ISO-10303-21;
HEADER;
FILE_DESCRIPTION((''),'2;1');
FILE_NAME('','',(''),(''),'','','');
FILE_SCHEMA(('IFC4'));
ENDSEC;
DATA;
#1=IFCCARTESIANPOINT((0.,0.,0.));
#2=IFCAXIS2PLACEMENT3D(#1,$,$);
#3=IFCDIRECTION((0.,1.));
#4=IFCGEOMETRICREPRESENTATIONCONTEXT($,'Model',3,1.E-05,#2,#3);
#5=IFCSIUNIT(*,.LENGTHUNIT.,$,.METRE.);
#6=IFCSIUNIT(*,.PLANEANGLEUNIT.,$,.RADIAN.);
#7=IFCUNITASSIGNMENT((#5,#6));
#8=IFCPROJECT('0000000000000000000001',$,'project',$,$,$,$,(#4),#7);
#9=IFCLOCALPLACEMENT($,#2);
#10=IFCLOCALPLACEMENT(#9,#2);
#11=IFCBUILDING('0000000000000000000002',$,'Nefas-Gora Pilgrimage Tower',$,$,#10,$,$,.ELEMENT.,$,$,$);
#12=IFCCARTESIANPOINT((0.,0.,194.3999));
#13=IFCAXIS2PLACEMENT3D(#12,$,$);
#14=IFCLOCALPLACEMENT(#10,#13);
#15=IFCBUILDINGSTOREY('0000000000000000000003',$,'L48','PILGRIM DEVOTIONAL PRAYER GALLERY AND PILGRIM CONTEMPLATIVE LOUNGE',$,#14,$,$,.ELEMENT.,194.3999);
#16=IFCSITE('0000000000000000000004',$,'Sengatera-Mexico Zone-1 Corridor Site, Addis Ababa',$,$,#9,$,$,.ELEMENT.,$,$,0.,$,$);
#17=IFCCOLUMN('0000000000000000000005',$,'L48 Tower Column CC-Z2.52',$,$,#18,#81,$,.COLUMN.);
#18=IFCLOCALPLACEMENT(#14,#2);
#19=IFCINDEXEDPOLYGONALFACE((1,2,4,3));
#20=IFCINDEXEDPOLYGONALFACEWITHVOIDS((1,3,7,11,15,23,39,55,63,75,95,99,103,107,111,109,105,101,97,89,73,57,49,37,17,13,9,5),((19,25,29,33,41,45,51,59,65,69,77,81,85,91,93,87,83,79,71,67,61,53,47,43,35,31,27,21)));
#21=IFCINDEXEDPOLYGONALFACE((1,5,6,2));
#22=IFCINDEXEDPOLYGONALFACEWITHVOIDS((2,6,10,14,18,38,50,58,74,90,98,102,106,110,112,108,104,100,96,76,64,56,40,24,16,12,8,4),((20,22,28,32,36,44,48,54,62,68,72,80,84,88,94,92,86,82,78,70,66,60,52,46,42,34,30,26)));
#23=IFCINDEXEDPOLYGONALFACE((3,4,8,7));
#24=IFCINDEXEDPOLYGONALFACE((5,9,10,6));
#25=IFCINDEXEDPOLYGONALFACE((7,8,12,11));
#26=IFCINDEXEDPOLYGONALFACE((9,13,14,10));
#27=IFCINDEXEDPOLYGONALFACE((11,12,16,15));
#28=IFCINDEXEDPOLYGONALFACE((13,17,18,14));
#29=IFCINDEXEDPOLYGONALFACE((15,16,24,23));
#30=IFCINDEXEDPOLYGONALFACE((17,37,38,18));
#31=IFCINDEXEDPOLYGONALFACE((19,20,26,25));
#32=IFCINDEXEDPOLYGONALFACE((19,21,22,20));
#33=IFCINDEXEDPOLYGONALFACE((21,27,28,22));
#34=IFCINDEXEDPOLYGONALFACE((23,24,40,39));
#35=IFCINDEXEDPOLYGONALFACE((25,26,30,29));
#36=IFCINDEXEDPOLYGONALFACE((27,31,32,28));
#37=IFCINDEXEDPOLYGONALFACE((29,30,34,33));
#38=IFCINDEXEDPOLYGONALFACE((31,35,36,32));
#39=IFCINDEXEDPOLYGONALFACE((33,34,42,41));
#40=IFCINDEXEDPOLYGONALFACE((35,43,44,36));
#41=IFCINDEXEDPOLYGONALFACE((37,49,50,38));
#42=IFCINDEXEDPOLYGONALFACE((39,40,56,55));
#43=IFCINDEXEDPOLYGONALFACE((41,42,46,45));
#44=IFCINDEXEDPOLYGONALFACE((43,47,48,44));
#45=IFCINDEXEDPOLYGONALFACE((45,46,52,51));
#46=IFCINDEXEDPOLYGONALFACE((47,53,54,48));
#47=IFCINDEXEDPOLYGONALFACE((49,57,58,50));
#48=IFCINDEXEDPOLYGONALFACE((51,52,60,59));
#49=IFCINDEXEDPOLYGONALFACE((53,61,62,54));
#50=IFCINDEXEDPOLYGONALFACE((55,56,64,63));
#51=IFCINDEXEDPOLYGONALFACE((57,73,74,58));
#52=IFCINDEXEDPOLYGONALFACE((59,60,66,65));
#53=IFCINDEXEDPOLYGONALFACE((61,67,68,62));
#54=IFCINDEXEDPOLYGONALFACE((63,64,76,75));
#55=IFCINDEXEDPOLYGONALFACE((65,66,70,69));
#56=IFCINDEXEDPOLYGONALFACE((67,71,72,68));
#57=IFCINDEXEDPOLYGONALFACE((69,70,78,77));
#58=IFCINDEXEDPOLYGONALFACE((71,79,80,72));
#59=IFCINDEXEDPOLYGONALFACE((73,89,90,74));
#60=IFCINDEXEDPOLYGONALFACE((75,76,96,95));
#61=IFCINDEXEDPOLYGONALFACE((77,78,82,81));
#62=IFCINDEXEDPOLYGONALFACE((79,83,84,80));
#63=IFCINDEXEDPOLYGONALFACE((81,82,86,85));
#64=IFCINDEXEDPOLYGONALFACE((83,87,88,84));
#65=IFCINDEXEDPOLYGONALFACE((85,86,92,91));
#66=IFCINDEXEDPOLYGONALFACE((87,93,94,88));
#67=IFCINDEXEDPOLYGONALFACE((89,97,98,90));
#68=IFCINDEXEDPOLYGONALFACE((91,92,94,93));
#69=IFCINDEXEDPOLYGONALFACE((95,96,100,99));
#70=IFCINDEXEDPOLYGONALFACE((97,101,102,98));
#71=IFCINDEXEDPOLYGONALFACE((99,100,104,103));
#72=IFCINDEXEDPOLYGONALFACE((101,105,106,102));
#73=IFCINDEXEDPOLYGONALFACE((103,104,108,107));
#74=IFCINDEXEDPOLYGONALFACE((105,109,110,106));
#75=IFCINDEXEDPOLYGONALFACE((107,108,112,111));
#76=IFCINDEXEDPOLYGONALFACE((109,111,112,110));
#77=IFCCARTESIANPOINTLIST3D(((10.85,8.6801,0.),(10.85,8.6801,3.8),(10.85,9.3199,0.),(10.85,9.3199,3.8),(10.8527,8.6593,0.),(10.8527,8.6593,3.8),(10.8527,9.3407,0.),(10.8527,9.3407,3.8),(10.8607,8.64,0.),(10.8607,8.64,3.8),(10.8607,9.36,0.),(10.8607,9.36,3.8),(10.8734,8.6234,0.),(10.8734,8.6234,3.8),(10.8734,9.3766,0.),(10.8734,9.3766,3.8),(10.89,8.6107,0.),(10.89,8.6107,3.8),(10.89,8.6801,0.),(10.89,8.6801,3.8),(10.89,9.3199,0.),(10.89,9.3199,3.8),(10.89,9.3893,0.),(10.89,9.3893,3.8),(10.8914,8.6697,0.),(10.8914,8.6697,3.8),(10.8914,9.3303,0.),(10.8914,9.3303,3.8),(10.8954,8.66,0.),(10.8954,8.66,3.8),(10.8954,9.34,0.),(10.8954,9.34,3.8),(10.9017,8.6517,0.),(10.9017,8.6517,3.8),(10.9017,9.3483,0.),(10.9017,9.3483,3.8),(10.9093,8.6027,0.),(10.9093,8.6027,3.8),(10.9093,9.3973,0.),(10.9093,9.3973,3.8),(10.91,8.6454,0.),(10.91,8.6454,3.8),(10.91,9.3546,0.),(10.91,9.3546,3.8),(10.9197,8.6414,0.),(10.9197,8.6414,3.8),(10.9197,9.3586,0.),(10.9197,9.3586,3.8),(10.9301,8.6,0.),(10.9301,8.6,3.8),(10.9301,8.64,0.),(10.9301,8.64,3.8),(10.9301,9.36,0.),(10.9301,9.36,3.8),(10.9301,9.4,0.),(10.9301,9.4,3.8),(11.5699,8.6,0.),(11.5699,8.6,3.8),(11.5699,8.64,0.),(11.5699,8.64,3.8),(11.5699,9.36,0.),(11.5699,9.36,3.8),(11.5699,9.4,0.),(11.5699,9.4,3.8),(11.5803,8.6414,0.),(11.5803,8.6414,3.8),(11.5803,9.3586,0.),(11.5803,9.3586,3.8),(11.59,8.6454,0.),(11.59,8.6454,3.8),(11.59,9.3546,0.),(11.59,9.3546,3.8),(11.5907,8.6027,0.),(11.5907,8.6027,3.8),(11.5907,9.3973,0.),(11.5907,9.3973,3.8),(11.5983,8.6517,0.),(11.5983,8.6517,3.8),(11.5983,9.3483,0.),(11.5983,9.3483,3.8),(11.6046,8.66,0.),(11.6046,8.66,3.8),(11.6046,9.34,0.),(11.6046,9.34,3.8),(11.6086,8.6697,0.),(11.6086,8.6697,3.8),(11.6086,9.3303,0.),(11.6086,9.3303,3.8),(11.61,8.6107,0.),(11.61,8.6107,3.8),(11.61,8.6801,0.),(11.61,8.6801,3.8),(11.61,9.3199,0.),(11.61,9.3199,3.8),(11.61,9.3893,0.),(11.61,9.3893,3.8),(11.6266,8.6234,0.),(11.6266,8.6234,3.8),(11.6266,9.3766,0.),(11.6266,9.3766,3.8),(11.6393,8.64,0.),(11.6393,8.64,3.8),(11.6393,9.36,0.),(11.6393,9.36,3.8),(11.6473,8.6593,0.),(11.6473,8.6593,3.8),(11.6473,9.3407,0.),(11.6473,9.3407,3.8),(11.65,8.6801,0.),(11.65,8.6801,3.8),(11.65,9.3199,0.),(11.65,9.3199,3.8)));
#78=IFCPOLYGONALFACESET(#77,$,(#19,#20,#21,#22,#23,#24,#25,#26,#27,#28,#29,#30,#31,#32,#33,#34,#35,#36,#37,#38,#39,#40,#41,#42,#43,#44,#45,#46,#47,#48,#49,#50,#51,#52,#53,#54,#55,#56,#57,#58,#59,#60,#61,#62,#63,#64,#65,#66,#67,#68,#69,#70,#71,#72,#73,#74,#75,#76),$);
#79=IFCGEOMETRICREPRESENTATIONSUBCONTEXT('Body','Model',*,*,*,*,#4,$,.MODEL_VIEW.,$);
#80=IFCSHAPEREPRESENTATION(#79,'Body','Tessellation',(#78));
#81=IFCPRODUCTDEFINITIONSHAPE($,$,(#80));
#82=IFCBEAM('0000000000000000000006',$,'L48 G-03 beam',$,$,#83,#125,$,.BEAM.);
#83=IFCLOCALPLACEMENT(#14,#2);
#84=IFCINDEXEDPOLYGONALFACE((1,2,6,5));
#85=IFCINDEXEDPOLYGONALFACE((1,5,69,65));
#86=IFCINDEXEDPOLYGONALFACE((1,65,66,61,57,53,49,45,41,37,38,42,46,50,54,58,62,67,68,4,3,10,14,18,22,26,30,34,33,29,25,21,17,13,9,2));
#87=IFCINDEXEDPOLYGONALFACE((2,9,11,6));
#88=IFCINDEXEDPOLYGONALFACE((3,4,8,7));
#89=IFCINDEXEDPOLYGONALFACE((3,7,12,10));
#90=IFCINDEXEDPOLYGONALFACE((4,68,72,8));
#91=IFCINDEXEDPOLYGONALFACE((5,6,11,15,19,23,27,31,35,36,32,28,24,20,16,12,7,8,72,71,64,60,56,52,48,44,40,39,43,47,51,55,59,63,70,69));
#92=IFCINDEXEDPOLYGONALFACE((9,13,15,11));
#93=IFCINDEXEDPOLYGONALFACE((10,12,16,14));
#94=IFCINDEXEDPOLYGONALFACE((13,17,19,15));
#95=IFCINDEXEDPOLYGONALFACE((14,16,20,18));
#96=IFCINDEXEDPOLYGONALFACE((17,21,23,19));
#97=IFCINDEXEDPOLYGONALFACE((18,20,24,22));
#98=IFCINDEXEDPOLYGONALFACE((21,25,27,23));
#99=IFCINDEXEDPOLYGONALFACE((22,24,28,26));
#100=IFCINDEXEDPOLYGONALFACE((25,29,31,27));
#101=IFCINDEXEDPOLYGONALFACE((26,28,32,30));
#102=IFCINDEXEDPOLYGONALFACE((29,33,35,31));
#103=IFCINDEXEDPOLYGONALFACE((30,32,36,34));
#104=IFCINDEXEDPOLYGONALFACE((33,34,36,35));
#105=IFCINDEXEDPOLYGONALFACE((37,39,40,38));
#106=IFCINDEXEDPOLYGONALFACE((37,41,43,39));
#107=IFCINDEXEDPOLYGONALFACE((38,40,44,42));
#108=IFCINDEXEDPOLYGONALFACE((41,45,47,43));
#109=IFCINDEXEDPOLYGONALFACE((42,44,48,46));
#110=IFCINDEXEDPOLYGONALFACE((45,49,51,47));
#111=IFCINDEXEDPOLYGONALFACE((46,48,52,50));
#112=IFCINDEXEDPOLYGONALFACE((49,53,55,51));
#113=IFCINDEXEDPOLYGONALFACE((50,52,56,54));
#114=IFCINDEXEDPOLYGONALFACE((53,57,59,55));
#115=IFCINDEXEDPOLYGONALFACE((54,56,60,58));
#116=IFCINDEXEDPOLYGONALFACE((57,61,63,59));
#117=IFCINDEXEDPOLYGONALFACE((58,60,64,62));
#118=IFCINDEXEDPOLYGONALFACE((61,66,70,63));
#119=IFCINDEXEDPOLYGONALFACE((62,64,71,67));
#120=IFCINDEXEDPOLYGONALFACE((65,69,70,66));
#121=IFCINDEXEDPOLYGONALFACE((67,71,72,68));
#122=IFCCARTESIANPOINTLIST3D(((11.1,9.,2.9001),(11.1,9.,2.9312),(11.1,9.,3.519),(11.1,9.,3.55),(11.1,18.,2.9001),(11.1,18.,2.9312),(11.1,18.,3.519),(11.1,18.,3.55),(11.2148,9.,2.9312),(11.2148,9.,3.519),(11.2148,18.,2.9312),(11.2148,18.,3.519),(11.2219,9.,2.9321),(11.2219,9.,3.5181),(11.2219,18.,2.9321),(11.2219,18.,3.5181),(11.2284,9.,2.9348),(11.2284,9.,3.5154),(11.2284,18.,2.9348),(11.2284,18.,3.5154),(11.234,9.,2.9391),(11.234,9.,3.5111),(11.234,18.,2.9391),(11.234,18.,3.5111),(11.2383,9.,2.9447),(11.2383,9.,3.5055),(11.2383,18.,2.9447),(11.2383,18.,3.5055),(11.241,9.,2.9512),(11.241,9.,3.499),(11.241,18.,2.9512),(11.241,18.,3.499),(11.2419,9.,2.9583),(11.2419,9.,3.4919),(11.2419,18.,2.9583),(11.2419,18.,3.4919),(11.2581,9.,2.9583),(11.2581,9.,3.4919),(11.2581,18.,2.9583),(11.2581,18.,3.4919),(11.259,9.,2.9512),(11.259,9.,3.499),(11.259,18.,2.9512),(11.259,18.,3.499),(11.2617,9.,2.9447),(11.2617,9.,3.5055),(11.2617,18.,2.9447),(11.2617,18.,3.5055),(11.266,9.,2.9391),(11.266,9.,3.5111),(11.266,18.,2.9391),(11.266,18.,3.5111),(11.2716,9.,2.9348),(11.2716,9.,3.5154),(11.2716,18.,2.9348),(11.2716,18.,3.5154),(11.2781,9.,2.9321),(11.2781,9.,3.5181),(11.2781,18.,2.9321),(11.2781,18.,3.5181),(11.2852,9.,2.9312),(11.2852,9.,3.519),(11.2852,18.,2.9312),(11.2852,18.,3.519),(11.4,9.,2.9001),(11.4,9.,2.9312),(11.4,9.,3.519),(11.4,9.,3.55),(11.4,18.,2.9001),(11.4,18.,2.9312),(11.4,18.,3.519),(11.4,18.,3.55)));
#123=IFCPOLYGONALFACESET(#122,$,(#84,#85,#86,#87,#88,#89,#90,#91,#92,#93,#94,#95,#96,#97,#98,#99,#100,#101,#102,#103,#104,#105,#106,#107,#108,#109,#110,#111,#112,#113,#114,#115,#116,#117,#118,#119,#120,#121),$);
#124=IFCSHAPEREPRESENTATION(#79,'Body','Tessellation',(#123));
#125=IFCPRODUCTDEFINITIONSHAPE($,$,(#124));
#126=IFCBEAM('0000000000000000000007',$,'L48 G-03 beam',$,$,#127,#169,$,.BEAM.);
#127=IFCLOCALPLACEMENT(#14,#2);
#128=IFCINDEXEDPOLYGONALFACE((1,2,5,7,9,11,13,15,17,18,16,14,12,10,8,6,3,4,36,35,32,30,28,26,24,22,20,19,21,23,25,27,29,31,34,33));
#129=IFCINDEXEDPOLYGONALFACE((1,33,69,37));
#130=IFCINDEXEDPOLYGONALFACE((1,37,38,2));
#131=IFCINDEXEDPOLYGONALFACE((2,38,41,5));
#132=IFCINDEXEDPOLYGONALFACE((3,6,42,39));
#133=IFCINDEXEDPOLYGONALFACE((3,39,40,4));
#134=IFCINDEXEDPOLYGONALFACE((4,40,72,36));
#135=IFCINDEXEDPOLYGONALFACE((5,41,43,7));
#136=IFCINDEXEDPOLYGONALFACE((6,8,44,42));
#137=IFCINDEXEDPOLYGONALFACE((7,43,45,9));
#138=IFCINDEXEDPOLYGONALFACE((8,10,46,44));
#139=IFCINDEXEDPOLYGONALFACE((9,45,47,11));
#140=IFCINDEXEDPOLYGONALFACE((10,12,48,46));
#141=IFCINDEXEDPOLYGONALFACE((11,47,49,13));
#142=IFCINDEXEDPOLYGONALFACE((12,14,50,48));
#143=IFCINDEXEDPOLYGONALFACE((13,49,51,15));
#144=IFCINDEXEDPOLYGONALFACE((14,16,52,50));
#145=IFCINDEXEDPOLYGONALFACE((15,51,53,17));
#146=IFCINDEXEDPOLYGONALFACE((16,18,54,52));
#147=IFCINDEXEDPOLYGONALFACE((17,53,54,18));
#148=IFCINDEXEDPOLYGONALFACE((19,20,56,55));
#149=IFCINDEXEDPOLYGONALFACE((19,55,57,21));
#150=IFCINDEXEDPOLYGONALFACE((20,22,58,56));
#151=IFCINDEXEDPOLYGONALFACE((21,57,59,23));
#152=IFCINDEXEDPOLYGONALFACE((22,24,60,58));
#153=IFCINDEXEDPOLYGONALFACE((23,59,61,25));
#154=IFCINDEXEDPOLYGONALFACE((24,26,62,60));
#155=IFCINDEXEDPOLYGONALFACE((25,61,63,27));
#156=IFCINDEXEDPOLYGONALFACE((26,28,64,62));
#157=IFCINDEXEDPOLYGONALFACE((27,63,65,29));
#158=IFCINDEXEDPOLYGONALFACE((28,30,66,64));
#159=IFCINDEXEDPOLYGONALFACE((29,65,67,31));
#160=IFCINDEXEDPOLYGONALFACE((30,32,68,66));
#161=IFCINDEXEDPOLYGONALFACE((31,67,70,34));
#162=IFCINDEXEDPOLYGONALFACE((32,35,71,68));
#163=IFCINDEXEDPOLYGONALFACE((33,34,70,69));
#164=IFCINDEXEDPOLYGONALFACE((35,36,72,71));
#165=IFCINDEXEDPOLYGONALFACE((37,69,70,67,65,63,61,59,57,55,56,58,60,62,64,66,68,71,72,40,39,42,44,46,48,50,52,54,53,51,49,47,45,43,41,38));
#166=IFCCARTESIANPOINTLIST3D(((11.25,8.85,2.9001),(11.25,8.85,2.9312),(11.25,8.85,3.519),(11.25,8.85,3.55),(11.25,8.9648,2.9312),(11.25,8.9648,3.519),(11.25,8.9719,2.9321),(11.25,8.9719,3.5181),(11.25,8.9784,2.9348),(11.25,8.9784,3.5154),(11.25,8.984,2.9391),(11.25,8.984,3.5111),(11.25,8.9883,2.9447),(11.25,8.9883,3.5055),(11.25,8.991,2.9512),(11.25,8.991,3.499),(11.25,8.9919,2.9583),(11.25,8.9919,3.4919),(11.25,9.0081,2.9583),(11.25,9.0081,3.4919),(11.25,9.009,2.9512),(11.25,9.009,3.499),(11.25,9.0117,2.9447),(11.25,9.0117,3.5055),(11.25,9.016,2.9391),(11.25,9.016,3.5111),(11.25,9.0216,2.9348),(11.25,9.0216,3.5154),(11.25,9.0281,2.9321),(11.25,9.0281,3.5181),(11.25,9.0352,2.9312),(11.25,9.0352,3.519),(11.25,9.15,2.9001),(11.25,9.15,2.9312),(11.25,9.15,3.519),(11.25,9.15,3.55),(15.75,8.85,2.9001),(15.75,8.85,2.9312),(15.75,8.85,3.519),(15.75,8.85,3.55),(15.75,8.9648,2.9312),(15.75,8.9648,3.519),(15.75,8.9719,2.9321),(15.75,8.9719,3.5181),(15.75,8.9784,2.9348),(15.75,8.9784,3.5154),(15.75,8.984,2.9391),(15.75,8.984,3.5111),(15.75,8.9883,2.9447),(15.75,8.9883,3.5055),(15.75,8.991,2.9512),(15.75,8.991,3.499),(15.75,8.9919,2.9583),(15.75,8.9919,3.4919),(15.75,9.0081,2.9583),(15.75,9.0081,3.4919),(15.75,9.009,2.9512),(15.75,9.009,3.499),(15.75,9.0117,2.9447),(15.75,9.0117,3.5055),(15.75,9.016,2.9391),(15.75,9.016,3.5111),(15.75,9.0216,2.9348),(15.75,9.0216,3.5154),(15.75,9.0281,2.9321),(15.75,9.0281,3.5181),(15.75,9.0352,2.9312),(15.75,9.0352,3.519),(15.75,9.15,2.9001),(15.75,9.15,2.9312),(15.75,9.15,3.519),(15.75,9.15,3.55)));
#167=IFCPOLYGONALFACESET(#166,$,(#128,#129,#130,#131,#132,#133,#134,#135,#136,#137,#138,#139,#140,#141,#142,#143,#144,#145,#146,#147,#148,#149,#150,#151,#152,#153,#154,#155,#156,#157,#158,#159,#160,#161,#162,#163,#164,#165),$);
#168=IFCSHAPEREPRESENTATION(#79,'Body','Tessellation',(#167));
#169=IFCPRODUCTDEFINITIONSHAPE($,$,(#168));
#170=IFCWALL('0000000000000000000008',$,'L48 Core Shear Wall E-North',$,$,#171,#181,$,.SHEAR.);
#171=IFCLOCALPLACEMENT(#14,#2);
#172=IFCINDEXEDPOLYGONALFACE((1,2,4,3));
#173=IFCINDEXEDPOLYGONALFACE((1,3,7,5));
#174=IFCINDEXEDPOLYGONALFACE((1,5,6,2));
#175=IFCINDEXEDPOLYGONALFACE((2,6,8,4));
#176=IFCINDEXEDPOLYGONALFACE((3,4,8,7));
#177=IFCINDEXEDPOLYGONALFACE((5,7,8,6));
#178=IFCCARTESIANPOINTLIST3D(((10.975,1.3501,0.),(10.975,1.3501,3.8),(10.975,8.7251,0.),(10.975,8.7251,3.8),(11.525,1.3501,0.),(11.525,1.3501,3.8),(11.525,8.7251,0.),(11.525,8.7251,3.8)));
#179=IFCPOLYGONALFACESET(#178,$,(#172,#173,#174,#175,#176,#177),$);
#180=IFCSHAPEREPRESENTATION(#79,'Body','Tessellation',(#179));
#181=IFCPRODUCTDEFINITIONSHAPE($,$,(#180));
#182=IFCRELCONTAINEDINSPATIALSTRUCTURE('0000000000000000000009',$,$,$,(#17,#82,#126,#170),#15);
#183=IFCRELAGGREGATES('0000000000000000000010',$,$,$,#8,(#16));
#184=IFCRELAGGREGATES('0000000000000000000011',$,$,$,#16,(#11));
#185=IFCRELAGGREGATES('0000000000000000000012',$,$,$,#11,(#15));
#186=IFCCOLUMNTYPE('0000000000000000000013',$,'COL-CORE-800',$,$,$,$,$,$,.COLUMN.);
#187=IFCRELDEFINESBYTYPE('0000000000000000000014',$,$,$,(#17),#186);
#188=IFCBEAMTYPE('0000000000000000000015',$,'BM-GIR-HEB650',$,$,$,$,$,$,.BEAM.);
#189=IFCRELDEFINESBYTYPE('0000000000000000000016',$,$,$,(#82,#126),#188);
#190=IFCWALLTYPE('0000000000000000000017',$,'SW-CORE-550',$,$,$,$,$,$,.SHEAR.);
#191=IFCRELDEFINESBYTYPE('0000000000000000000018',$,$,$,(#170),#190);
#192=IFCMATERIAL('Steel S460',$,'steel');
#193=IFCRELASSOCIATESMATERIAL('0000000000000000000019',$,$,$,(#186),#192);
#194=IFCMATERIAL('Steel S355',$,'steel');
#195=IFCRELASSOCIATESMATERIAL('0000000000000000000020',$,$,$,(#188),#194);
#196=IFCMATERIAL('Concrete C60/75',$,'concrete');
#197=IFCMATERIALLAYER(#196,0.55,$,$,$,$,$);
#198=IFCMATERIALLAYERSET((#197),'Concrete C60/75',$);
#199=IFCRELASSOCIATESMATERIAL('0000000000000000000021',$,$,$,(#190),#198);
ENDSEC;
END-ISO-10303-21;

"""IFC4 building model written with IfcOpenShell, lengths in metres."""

from ifc_helpers import new_model, si_unit, direction, frame, frame_2d, origin, origin_2d, place, context, subcontext, project, spatial, rectangle, hollow_rectangle, i_section, extrude, source, transform, mapped, material, layer, layer_set, material_profile, profile_set, type_object, element, save


model = new_model("IFC4")

# Units and contexts
model_context = context("Model", 3, precision=1e-05, world=origin(), true_north=direction((0.0, 1.0)))
body_context = subcontext(model_context, "Body", "Model", "MODEL_VIEW")
ifc_project = project(units=[si_unit("LENGTHUNIT", "METRE"), si_unit("PLANEANGLEUNIT", "RADIAN")], contexts=[model_context])

# Site, building, storey
site_placement = place(None, origin())
site = spatial("IfcSite", under=ifc_project, at=site_placement, Name="Sengatera-Mexico Zone-1 Corridor Site, Addis Ababa", CompositionType="ELEMENT", RefElevation=0.0)
building_placement = place(site_placement, origin())
building = spatial("IfcBuilding", under=site, at=building_placement, Name="Nefas-Gora Pilgrimage Tower", CompositionType="ELEMENT")
storey_placement = place(building_placement, frame((0.0, 0.0, 194.3999)))
storey = spatial("IfcBuildingStorey", under=building, at=storey_placement, Name="L48", Description="PILGRIM DEVOTIONAL PRAYER GALLERY AND PILGRIM CONTEMPLATIVE LOUNGE", CompositionType="ELEMENT", Elevation=194.3999)

# Column
ifc_material_1 = material(Name="Steel S460", Category="steel")
ifc_material_profile_1 = material_profile(ifc_material_1, hollow_rectangle(XDim=0.8, YDim=0.8, WallThickness=0.04, InnerFilletRadius=0.04, OuterFilletRadius=0.0801, at=origin_2d()), Name="BOX 800x800x40")
ifc_profile_set_1 = profile_set([ifc_material_profile_1], Name="Steel S460")
column_type = type_object("IfcColumnType", Name="COL-CORE-800", PredefinedType="COLUMN", material=ifc_profile_set_1)
shared_shape_1 = source(origin(), body_context, "Body", "SweptSolid", [
    extrude(hollow_rectangle(XDim=0.8, YDim=0.8, WallThickness=0.04, InnerFilletRadius=0.04, OuterFilletRadius=0.0801, at=origin_2d()), origin(), (0.0, 0.0, 1.0), 3.8),
])
column_placement = place(storey_placement, frame((11.25, 9.0, 0.0), z_axis=(0.0, 0.0, 1.0), x_axis=(1.0, 0.0, 0.0)))
element("IfcColumn", 1, at=column_placement, inside=storey, type_object=column_type, Name="L48 Tower Column CC-Z2.52", PredefinedType="COLUMN", context=body_context, shape_type="MappedRepresentation", body=[
    mapped(shared_shape_1, transform((0.0, 0.0, 0.0), x_axis=(1.0, 0.0, 0.0), y_axis=(0.0, 1.0, 0.0), z_axis=(0.0, 0.0, 1.0), scale=1.0)),
])

# Beams
ifc_material_2 = material(Name="Steel S355", Category="steel")
ifc_material_profile_2 = material_profile(ifc_material_2, i_section(OverallWidth=0.3, OverallDepth=0.6499, WebThickness=0.0161, FlangeThickness=0.031, FilletRadius=0.0271, at=origin_2d()), Name="HEB 650")
ifc_profile_set_2 = profile_set([ifc_material_profile_2], Name="Steel S355")
beam_type = type_object("IfcBeamType", Name="BM-GIR-HEB650", PredefinedType="BEAM", material=ifc_profile_set_2)
shared_shape_2 = source(origin(), body_context, "Body", "SweptSolid", [
    extrude(i_section(OverallWidth=0.3, OverallDepth=0.6499, WebThickness=0.0161, FlangeThickness=0.031, FilletRadius=0.0271, at=origin_2d()), origin(), (0.0, 0.0, 1.0), 9.0),
])
beam_1_placement = place(storey_placement, frame((11.25, 9.0, 3.2251), z_axis=(0.0, 1.0, 0.0), x_axis=(-1.0, 0.0, 0.0)))
element("IfcBeam", 2, at=beam_1_placement, inside=storey, type_object=beam_type, Name="L48 G-03 beam", PredefinedType="BEAM", context=body_context, shape_type="MappedRepresentation", body=[
    mapped(shared_shape_2, transform((0.0, 0.0, 0.0), x_axis=(1.0, 0.0, 0.0), y_axis=(0.0, 1.0, 0.0), z_axis=(0.0, 0.0, 1.0), scale=1.0)),
])
shared_shape_3 = source(origin(), body_context, "Body", "SweptSolid", [
    extrude(i_section(OverallWidth=0.3, OverallDepth=0.6499, WebThickness=0.0161, FlangeThickness=0.031, FilletRadius=0.0271, at=origin_2d()), origin(), (0.0, 0.0, 1.0), 4.5),
])
beam_2_placement = place(storey_placement, frame((11.25, 9.0, 3.2251), z_axis=(1.0, 0.0, 0.0), x_axis=(0.0, 1.0, 0.0)))
element("IfcBeam", 3, at=beam_2_placement, inside=storey, type_object=beam_type, Name="L48 G-03 beam", PredefinedType="BEAM", context=body_context, shape_type="MappedRepresentation", body=[
    mapped(shared_shape_3, transform((0.0, 0.0, 0.0), x_axis=(1.0, 0.0, 0.0), y_axis=(0.0, 1.0, 0.0), z_axis=(0.0, 0.0, 1.0), scale=1.0)),
])

# Wall
ifc_material_3 = material(Name="Concrete C60/75", Category="concrete")
ifc_layer_1 = layer(ifc_material_3, 0.55)
ifc_layer_set_1 = layer_set([ifc_layer_1], Name="Concrete C60/75")
wall_type_1 = type_object("IfcWallType", Name="SW-CORE-550", PredefinedType="SHEAR", material=ifc_layer_set_1)
shared_shape_4 = source(origin(), body_context, "Body", "SweptSolid", [
    extrude(rectangle(XDim=7.375, YDim=0.55, at=frame_2d((3.6875, 0.0))), origin(), (0.0, 0.0, 1.0), 3.8),
])
wall_1_placement = place(storey_placement, frame((11.25, 1.3501, 0.0), z_axis=(0.0, 0.0, 1.0), x_axis=(0.0, 1.0, 0.0)))
element("IfcWall", 4, at=wall_1_placement, inside=storey, type_object=wall_type_1, Name="L48 Core Shear Wall E-North", PredefinedType="SHEAR", context=body_context, shape_type="MappedRepresentation", body=[
    mapped(shared_shape_4, transform((0.0, 0.0, 0.0), x_axis=(1.0, 0.0, 0.0), y_axis=(0.0, 1.0, 0.0), z_axis=(0.0, 0.0, 1.0), scale=1.0)),
])

save(model, "model.ifc")
